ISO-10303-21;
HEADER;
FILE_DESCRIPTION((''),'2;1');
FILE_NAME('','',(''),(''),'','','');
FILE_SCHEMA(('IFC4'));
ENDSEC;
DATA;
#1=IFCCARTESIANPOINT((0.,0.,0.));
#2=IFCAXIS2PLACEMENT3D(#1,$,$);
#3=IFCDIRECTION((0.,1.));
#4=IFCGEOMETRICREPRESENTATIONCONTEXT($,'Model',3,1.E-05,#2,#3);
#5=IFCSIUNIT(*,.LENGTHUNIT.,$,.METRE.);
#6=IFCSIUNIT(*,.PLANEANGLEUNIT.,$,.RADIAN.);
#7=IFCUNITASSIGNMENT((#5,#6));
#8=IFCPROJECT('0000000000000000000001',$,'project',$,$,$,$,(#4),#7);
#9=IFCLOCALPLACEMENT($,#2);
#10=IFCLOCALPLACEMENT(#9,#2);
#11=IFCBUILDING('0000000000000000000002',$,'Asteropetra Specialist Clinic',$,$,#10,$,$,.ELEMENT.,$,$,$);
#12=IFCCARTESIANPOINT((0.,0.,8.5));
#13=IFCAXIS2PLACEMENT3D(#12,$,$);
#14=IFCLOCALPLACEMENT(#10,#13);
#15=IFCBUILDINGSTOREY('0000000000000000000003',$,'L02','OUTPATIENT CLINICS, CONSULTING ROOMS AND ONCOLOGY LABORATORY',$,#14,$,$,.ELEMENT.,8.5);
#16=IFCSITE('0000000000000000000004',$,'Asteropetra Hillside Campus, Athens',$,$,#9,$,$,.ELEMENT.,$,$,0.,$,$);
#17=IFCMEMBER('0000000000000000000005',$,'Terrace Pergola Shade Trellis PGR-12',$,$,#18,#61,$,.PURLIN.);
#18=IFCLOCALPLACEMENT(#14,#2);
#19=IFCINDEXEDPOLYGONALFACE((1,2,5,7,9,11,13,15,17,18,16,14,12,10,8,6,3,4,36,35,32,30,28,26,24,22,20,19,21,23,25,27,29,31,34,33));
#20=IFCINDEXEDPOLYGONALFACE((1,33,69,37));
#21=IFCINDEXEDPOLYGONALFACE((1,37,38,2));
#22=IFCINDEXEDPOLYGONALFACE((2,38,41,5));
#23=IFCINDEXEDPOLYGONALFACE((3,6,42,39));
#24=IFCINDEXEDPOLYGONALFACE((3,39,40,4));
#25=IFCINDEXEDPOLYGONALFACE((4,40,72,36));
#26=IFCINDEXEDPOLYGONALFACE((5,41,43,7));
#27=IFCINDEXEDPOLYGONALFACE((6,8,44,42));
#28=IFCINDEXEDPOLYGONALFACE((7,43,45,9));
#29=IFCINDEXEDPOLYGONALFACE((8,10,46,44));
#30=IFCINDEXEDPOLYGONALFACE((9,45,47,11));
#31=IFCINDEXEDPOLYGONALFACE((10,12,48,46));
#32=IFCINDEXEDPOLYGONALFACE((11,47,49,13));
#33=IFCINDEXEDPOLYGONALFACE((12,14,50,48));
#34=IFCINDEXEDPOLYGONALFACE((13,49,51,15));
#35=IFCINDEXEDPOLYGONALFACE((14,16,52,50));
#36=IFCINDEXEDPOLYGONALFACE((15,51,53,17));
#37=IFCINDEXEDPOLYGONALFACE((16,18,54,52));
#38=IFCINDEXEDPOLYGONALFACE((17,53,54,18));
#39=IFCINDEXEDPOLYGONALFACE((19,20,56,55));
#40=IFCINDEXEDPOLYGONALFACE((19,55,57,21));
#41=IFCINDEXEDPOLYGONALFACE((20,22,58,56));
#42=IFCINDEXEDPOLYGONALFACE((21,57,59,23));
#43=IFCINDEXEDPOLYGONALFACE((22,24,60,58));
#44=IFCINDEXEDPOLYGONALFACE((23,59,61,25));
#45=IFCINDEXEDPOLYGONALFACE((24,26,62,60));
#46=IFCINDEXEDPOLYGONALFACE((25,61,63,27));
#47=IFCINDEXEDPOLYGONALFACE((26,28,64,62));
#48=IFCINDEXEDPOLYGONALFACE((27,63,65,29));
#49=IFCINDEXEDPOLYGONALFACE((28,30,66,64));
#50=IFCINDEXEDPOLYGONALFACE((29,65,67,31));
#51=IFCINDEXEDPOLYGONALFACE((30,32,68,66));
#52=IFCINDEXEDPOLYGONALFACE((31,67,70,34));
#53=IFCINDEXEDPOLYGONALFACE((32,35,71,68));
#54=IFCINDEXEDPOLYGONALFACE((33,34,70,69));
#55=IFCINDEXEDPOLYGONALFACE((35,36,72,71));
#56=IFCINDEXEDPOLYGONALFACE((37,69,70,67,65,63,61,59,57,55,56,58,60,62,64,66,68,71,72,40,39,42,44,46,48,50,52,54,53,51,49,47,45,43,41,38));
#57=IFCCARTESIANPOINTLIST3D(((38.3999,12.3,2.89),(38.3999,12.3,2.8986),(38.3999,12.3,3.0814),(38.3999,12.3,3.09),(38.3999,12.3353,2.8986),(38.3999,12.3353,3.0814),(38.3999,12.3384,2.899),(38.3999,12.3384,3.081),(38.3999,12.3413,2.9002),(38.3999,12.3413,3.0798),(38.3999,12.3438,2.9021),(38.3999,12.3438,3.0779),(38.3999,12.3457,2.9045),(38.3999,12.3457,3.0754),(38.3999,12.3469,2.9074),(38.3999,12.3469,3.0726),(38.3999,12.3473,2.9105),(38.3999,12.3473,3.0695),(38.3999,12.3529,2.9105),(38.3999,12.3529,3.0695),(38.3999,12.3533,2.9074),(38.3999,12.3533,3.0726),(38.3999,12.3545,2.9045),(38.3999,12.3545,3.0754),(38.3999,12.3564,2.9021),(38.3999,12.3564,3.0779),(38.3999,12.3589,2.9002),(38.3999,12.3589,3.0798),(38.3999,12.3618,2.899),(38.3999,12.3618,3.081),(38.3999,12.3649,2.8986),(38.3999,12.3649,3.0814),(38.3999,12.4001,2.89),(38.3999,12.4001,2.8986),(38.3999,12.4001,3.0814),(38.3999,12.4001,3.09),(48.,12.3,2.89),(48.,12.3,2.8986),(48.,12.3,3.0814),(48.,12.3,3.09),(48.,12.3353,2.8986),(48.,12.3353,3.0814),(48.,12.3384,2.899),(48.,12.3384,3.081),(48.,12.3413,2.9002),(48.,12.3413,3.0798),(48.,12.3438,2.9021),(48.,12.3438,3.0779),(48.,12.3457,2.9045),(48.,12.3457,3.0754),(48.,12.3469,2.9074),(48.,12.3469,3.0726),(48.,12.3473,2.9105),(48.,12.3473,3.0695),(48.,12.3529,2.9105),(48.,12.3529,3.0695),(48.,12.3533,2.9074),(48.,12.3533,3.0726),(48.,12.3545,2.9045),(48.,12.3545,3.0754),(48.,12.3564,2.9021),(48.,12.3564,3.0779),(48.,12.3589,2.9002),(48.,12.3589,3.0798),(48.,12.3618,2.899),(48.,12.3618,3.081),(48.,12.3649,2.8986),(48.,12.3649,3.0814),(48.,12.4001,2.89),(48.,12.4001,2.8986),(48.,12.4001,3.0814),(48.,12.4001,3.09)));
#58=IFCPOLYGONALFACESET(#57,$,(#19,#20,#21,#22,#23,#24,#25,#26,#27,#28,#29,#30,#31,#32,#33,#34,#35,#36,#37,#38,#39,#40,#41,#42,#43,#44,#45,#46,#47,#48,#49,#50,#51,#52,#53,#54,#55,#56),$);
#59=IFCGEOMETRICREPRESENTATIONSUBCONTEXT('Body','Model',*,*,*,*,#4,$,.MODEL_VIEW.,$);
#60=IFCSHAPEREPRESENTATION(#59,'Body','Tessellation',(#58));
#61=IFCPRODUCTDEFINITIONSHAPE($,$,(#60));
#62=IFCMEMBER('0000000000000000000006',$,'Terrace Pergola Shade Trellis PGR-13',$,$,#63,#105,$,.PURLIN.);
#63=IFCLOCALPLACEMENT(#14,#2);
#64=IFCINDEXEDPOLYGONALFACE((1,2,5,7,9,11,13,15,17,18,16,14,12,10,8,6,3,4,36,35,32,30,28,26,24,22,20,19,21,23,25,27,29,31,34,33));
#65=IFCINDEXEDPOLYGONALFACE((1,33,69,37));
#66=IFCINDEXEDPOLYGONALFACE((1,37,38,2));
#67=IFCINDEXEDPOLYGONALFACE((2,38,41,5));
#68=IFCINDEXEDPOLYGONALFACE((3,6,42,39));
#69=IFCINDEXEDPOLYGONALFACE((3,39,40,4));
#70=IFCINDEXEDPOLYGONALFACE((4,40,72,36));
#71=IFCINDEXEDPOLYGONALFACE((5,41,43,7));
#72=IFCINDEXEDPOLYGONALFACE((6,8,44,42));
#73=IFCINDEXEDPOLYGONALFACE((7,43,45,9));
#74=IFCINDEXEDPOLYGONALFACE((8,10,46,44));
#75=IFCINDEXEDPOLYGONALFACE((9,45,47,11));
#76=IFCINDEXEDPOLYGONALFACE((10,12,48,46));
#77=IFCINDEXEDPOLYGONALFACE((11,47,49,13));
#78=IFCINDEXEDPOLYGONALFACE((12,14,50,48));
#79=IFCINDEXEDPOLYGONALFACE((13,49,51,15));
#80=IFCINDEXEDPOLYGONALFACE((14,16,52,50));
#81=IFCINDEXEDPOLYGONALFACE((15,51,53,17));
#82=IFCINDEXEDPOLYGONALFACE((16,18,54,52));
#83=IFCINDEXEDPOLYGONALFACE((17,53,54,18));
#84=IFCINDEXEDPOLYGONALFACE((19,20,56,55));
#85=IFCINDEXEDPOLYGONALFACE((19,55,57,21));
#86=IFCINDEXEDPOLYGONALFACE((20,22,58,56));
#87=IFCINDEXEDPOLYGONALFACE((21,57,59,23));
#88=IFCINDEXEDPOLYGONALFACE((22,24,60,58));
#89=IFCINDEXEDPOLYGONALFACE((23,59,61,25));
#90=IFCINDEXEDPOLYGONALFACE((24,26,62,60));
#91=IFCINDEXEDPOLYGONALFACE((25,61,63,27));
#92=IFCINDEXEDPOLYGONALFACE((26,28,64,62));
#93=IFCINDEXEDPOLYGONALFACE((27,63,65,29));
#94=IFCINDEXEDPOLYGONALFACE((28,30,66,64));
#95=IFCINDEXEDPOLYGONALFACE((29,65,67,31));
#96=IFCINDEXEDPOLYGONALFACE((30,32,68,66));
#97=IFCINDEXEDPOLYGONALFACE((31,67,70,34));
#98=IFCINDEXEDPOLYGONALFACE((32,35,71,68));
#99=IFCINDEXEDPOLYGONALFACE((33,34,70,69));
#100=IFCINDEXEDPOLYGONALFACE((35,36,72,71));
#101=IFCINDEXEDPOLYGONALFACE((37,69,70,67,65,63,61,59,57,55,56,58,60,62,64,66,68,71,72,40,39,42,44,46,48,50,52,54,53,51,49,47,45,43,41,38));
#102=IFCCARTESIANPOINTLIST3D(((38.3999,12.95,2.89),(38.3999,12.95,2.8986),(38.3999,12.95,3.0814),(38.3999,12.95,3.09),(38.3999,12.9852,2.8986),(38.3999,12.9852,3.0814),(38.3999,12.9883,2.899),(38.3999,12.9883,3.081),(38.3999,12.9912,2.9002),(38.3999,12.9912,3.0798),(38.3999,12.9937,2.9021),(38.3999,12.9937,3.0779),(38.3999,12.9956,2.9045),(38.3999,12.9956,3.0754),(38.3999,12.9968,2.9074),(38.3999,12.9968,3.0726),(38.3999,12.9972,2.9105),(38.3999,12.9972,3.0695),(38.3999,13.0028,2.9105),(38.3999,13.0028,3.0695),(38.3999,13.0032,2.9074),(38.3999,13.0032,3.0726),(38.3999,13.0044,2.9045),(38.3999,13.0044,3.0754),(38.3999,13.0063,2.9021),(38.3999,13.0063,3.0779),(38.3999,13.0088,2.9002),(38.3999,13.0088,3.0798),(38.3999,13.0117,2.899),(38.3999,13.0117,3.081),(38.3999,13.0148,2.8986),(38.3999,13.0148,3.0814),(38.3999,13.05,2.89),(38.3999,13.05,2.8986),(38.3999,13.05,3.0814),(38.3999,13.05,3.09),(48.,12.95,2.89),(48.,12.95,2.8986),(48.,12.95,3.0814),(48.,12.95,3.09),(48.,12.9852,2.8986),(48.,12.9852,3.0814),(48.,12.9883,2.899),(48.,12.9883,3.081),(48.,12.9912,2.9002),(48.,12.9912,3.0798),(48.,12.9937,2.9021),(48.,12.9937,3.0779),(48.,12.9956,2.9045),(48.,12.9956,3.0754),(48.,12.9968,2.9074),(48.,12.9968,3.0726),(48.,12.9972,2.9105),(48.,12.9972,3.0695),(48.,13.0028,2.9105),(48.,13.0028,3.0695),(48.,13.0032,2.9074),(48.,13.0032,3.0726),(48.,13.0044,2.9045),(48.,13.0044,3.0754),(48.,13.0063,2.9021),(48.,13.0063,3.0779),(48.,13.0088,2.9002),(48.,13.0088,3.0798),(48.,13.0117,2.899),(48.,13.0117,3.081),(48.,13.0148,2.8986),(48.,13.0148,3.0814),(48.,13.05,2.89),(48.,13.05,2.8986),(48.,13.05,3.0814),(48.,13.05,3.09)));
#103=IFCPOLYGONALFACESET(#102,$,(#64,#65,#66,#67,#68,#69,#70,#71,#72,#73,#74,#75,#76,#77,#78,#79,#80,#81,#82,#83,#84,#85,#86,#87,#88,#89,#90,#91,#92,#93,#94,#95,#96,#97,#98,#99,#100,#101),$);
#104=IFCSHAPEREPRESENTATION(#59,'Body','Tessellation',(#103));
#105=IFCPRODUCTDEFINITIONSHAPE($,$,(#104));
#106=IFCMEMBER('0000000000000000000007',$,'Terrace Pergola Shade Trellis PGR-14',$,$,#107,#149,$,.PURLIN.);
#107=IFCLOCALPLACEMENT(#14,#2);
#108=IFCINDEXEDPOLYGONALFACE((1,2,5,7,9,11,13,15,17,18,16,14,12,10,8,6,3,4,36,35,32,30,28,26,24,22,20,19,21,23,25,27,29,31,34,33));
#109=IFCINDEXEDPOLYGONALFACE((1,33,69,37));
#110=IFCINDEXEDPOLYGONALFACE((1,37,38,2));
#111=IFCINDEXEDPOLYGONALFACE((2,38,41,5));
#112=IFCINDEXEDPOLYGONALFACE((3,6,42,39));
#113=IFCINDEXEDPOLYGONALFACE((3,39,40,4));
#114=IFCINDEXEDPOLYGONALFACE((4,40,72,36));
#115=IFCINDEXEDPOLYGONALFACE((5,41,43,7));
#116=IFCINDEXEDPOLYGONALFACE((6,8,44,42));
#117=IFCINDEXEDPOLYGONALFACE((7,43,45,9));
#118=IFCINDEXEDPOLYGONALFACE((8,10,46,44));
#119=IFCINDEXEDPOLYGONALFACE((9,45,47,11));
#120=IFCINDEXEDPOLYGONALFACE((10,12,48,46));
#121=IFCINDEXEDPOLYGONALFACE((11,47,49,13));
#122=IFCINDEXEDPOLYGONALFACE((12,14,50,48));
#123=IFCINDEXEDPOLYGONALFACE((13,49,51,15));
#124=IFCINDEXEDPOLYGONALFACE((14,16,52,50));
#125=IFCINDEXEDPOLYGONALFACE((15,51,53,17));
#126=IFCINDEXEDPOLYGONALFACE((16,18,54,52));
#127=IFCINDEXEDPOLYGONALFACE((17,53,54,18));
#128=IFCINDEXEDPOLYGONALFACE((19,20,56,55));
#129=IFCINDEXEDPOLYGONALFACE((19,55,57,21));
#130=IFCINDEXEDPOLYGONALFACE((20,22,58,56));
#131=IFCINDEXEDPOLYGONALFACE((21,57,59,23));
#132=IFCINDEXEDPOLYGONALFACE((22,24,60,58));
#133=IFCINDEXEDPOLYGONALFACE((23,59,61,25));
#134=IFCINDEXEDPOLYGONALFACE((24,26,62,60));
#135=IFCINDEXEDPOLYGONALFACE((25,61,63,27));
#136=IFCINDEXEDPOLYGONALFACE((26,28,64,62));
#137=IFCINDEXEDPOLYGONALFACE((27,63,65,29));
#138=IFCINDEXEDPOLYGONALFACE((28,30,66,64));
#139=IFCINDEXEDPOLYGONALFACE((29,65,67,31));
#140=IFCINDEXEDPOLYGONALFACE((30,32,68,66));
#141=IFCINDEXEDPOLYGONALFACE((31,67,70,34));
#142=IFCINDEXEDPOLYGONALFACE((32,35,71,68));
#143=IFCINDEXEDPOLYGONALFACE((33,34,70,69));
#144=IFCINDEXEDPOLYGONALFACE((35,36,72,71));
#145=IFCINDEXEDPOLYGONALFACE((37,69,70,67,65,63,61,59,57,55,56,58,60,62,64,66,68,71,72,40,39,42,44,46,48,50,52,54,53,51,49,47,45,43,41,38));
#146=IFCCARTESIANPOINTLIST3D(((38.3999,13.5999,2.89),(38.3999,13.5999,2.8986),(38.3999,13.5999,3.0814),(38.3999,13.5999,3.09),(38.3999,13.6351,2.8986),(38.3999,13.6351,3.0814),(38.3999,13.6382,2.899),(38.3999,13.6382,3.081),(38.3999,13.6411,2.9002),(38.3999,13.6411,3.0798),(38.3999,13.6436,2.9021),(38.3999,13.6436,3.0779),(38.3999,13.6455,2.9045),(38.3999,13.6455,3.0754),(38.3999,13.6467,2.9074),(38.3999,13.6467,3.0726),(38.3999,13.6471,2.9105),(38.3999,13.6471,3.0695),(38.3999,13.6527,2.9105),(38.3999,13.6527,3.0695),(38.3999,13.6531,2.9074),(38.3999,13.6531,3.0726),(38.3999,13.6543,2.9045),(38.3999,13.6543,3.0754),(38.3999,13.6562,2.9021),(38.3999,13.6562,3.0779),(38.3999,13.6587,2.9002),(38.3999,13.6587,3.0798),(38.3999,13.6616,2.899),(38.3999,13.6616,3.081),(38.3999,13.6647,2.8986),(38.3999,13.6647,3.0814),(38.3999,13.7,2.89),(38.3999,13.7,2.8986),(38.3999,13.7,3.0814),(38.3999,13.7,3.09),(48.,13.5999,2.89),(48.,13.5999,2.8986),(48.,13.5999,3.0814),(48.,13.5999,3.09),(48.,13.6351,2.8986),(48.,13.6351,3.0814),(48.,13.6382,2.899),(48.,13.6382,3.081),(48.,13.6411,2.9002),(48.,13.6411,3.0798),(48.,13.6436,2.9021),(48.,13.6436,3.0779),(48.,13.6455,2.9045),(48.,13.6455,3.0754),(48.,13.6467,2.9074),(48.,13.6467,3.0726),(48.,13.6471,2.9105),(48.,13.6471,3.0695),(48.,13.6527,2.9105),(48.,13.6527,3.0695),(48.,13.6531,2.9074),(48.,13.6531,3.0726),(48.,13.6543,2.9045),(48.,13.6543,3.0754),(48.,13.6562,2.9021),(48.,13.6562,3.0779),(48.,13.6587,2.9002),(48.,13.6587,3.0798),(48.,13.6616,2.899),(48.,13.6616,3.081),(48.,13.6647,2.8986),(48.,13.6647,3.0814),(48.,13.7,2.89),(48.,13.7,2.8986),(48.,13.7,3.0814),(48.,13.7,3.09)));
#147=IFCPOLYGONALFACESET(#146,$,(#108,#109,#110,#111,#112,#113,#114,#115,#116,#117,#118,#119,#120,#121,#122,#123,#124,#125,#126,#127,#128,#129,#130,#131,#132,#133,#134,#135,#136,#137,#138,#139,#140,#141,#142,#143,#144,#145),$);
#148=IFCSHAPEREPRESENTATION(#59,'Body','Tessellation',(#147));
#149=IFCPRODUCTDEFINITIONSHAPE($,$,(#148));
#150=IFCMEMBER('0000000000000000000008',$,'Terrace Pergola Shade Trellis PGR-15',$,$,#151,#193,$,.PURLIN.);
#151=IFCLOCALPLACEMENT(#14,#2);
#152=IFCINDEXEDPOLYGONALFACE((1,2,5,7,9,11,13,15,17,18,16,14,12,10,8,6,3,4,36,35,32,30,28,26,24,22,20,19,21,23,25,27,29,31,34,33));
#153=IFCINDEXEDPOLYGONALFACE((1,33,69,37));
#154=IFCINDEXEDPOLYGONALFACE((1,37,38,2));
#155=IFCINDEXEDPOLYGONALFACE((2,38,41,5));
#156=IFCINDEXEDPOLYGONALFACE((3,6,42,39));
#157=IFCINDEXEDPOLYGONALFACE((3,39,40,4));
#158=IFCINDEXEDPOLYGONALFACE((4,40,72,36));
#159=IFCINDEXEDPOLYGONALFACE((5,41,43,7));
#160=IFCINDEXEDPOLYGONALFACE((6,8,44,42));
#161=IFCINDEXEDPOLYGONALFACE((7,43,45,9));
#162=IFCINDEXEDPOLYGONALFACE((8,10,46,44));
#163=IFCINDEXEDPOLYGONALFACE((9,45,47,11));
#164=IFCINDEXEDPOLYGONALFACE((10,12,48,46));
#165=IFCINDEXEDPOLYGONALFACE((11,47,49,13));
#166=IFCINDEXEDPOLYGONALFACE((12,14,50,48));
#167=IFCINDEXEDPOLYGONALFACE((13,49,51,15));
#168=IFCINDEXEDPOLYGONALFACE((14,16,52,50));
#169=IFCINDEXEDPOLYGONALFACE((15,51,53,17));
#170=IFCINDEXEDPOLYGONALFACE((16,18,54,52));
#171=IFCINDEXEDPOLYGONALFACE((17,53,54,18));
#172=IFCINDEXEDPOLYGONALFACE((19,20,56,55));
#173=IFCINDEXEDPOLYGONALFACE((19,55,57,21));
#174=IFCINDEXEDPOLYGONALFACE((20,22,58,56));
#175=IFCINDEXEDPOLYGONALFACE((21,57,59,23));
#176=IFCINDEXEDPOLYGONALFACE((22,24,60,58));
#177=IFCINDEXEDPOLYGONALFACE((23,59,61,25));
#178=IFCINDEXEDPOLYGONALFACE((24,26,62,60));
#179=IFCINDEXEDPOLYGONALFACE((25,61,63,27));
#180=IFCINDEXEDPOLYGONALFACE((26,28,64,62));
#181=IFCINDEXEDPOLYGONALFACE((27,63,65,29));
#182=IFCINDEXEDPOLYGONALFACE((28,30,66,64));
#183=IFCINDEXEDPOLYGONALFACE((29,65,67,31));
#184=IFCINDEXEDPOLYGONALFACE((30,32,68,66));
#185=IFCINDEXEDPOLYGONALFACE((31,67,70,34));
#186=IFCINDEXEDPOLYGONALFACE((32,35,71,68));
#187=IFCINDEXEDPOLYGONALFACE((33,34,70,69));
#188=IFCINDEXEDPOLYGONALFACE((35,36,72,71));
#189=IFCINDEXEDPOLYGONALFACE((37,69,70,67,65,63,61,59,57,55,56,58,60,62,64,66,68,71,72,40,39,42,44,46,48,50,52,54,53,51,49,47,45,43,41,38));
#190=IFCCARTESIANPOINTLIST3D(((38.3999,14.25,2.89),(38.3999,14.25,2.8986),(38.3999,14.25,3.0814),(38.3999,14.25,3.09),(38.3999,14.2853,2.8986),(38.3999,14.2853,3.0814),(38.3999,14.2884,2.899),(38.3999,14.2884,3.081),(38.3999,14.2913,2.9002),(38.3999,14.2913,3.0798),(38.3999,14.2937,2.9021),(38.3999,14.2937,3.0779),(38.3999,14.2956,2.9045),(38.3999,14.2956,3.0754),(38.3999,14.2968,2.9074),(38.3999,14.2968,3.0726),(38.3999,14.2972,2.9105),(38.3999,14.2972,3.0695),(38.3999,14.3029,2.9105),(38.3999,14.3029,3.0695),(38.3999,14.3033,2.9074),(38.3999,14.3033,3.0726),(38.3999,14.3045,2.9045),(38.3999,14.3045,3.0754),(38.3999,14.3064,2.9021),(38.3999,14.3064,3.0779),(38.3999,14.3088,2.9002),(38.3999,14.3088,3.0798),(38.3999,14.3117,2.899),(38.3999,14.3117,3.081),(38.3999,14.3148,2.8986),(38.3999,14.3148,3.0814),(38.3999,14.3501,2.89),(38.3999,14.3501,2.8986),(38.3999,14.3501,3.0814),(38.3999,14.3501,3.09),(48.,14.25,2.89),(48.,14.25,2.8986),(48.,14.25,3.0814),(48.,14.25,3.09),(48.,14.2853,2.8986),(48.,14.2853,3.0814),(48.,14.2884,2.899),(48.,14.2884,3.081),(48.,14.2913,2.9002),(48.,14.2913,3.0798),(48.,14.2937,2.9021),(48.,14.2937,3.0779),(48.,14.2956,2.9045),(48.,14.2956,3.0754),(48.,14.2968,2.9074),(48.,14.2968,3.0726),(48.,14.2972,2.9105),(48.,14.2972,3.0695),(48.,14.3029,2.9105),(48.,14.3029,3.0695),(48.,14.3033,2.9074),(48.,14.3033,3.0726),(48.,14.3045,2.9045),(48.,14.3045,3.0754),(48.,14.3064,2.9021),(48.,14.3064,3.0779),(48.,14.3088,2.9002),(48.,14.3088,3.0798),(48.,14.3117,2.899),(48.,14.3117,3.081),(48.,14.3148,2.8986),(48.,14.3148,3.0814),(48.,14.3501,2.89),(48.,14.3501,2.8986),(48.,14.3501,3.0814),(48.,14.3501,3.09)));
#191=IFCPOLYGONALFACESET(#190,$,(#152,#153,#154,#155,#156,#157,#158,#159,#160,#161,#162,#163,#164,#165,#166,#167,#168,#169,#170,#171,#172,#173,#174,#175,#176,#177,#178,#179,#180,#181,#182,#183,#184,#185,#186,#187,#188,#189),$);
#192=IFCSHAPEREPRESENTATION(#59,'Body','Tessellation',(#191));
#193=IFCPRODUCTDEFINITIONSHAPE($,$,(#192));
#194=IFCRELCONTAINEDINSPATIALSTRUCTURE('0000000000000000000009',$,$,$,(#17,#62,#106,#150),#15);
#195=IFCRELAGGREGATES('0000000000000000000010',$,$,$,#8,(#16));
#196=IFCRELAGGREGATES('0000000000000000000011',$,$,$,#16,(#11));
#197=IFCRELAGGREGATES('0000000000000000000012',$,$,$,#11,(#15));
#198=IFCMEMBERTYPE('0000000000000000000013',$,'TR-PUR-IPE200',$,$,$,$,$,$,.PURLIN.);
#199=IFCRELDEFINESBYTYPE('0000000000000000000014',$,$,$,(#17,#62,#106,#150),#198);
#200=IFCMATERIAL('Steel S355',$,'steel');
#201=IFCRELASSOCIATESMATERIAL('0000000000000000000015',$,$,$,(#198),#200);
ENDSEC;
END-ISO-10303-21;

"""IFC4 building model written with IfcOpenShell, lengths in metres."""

from ifc_helpers import new_model, si_unit, direction, frame, origin, origin_2d, place, context, subcontext, project, spatial, i_section, extrude, material, material_profile, profile_set, type_object, element, save


model = new_model("IFC4")

# Units and contexts
model_context = context("Model", 3, precision=1e-05, world=origin(), true_north=direction((0.0, 1.0)))
body_context = subcontext(model_context, "Body", "Model", "MODEL_VIEW")
ifc_project = project(units=[si_unit("LENGTHUNIT", "METRE"), si_unit("PLANEANGLEUNIT", "RADIAN")], contexts=[model_context])

# Site, building, storey
site_placement = place(None, origin())
site = spatial("IfcSite", under=ifc_project, at=site_placement, Name="Asteropetra Hillside Campus, Athens", CompositionType="ELEMENT", RefElevation=0.0)
building_placement = place(site_placement, origin())
building = spatial("IfcBuilding", under=site, at=building_placement, Name="Asteropetra Specialist Clinic", CompositionType="ELEMENT")
storey_placement = place(building_placement, frame((0.0, 0.0, 8.5)))
storey = spatial("IfcBuildingStorey", under=building, at=storey_placement, Name="L02", Description="OUTPATIENT CLINICS, CONSULTING ROOMS AND ONCOLOGY LABORATORY", CompositionType="ELEMENT", Elevation=8.5)

# Members
ifc_material_1 = material(Name="Steel S355", Category="steel")
ifc_material_profile_1 = material_profile(ifc_material_1, i_section(OverallWidth=0.1001, OverallDepth=0.2, WebThickness=0.0056, FlangeThickness=0.0085, FilletRadius=0.012, at=origin_2d()), Name="IPE 200")
ifc_profile_set_1 = profile_set([ifc_material_profile_1], Name="Steel S355")
member_type_1 = type_object("IfcMemberType", Name="TR-PUR-IPE200", PredefinedType="PURLIN", material=ifc_profile_set_1)
for number, where, z_axis, x_axis, name in (
    (1, (38.3999, 12.3501, 2.99), (1.0, 0.0, 0.0), (0.0, 1.0, 0.0), "Terrace Pergola Shade Trellis PGR-12"),
    (2, (38.3999, 13.0, 2.99), (1.0, 0.0, 0.0), (0.0, 1.0, 0.0), "Terrace Pergola Shade Trellis PGR-13"),
    (3, (38.3999, 13.6499, 2.99), (1.0, 0.0, 0.0), (0.0, 1.0, 0.0), "Terrace Pergola Shade Trellis PGR-14"),
    (4, (38.3999, 14.3, 2.99), (1.0, 0.0, 0.0), (0.0, 1.0, 0.0), "Terrace Pergola Shade Trellis PGR-15"),
):
    element("IfcMember", number, at=place(storey_placement, frame(where, z_axis=z_axis, x_axis=x_axis)), inside=storey, type_object=member_type_1, Name=name, PredefinedType="PURLIN", context=body_context, shape_type="SweptSolid", body=[
        extrude(i_section(OverallWidth=0.1001, OverallDepth=0.2, WebThickness=0.0056, FlangeThickness=0.0085, FilletRadius=0.012, at=origin_2d()), origin(), (0.0, 0.0, 1.0), 9.6001),
    ])

save(model, "model.ifc")
